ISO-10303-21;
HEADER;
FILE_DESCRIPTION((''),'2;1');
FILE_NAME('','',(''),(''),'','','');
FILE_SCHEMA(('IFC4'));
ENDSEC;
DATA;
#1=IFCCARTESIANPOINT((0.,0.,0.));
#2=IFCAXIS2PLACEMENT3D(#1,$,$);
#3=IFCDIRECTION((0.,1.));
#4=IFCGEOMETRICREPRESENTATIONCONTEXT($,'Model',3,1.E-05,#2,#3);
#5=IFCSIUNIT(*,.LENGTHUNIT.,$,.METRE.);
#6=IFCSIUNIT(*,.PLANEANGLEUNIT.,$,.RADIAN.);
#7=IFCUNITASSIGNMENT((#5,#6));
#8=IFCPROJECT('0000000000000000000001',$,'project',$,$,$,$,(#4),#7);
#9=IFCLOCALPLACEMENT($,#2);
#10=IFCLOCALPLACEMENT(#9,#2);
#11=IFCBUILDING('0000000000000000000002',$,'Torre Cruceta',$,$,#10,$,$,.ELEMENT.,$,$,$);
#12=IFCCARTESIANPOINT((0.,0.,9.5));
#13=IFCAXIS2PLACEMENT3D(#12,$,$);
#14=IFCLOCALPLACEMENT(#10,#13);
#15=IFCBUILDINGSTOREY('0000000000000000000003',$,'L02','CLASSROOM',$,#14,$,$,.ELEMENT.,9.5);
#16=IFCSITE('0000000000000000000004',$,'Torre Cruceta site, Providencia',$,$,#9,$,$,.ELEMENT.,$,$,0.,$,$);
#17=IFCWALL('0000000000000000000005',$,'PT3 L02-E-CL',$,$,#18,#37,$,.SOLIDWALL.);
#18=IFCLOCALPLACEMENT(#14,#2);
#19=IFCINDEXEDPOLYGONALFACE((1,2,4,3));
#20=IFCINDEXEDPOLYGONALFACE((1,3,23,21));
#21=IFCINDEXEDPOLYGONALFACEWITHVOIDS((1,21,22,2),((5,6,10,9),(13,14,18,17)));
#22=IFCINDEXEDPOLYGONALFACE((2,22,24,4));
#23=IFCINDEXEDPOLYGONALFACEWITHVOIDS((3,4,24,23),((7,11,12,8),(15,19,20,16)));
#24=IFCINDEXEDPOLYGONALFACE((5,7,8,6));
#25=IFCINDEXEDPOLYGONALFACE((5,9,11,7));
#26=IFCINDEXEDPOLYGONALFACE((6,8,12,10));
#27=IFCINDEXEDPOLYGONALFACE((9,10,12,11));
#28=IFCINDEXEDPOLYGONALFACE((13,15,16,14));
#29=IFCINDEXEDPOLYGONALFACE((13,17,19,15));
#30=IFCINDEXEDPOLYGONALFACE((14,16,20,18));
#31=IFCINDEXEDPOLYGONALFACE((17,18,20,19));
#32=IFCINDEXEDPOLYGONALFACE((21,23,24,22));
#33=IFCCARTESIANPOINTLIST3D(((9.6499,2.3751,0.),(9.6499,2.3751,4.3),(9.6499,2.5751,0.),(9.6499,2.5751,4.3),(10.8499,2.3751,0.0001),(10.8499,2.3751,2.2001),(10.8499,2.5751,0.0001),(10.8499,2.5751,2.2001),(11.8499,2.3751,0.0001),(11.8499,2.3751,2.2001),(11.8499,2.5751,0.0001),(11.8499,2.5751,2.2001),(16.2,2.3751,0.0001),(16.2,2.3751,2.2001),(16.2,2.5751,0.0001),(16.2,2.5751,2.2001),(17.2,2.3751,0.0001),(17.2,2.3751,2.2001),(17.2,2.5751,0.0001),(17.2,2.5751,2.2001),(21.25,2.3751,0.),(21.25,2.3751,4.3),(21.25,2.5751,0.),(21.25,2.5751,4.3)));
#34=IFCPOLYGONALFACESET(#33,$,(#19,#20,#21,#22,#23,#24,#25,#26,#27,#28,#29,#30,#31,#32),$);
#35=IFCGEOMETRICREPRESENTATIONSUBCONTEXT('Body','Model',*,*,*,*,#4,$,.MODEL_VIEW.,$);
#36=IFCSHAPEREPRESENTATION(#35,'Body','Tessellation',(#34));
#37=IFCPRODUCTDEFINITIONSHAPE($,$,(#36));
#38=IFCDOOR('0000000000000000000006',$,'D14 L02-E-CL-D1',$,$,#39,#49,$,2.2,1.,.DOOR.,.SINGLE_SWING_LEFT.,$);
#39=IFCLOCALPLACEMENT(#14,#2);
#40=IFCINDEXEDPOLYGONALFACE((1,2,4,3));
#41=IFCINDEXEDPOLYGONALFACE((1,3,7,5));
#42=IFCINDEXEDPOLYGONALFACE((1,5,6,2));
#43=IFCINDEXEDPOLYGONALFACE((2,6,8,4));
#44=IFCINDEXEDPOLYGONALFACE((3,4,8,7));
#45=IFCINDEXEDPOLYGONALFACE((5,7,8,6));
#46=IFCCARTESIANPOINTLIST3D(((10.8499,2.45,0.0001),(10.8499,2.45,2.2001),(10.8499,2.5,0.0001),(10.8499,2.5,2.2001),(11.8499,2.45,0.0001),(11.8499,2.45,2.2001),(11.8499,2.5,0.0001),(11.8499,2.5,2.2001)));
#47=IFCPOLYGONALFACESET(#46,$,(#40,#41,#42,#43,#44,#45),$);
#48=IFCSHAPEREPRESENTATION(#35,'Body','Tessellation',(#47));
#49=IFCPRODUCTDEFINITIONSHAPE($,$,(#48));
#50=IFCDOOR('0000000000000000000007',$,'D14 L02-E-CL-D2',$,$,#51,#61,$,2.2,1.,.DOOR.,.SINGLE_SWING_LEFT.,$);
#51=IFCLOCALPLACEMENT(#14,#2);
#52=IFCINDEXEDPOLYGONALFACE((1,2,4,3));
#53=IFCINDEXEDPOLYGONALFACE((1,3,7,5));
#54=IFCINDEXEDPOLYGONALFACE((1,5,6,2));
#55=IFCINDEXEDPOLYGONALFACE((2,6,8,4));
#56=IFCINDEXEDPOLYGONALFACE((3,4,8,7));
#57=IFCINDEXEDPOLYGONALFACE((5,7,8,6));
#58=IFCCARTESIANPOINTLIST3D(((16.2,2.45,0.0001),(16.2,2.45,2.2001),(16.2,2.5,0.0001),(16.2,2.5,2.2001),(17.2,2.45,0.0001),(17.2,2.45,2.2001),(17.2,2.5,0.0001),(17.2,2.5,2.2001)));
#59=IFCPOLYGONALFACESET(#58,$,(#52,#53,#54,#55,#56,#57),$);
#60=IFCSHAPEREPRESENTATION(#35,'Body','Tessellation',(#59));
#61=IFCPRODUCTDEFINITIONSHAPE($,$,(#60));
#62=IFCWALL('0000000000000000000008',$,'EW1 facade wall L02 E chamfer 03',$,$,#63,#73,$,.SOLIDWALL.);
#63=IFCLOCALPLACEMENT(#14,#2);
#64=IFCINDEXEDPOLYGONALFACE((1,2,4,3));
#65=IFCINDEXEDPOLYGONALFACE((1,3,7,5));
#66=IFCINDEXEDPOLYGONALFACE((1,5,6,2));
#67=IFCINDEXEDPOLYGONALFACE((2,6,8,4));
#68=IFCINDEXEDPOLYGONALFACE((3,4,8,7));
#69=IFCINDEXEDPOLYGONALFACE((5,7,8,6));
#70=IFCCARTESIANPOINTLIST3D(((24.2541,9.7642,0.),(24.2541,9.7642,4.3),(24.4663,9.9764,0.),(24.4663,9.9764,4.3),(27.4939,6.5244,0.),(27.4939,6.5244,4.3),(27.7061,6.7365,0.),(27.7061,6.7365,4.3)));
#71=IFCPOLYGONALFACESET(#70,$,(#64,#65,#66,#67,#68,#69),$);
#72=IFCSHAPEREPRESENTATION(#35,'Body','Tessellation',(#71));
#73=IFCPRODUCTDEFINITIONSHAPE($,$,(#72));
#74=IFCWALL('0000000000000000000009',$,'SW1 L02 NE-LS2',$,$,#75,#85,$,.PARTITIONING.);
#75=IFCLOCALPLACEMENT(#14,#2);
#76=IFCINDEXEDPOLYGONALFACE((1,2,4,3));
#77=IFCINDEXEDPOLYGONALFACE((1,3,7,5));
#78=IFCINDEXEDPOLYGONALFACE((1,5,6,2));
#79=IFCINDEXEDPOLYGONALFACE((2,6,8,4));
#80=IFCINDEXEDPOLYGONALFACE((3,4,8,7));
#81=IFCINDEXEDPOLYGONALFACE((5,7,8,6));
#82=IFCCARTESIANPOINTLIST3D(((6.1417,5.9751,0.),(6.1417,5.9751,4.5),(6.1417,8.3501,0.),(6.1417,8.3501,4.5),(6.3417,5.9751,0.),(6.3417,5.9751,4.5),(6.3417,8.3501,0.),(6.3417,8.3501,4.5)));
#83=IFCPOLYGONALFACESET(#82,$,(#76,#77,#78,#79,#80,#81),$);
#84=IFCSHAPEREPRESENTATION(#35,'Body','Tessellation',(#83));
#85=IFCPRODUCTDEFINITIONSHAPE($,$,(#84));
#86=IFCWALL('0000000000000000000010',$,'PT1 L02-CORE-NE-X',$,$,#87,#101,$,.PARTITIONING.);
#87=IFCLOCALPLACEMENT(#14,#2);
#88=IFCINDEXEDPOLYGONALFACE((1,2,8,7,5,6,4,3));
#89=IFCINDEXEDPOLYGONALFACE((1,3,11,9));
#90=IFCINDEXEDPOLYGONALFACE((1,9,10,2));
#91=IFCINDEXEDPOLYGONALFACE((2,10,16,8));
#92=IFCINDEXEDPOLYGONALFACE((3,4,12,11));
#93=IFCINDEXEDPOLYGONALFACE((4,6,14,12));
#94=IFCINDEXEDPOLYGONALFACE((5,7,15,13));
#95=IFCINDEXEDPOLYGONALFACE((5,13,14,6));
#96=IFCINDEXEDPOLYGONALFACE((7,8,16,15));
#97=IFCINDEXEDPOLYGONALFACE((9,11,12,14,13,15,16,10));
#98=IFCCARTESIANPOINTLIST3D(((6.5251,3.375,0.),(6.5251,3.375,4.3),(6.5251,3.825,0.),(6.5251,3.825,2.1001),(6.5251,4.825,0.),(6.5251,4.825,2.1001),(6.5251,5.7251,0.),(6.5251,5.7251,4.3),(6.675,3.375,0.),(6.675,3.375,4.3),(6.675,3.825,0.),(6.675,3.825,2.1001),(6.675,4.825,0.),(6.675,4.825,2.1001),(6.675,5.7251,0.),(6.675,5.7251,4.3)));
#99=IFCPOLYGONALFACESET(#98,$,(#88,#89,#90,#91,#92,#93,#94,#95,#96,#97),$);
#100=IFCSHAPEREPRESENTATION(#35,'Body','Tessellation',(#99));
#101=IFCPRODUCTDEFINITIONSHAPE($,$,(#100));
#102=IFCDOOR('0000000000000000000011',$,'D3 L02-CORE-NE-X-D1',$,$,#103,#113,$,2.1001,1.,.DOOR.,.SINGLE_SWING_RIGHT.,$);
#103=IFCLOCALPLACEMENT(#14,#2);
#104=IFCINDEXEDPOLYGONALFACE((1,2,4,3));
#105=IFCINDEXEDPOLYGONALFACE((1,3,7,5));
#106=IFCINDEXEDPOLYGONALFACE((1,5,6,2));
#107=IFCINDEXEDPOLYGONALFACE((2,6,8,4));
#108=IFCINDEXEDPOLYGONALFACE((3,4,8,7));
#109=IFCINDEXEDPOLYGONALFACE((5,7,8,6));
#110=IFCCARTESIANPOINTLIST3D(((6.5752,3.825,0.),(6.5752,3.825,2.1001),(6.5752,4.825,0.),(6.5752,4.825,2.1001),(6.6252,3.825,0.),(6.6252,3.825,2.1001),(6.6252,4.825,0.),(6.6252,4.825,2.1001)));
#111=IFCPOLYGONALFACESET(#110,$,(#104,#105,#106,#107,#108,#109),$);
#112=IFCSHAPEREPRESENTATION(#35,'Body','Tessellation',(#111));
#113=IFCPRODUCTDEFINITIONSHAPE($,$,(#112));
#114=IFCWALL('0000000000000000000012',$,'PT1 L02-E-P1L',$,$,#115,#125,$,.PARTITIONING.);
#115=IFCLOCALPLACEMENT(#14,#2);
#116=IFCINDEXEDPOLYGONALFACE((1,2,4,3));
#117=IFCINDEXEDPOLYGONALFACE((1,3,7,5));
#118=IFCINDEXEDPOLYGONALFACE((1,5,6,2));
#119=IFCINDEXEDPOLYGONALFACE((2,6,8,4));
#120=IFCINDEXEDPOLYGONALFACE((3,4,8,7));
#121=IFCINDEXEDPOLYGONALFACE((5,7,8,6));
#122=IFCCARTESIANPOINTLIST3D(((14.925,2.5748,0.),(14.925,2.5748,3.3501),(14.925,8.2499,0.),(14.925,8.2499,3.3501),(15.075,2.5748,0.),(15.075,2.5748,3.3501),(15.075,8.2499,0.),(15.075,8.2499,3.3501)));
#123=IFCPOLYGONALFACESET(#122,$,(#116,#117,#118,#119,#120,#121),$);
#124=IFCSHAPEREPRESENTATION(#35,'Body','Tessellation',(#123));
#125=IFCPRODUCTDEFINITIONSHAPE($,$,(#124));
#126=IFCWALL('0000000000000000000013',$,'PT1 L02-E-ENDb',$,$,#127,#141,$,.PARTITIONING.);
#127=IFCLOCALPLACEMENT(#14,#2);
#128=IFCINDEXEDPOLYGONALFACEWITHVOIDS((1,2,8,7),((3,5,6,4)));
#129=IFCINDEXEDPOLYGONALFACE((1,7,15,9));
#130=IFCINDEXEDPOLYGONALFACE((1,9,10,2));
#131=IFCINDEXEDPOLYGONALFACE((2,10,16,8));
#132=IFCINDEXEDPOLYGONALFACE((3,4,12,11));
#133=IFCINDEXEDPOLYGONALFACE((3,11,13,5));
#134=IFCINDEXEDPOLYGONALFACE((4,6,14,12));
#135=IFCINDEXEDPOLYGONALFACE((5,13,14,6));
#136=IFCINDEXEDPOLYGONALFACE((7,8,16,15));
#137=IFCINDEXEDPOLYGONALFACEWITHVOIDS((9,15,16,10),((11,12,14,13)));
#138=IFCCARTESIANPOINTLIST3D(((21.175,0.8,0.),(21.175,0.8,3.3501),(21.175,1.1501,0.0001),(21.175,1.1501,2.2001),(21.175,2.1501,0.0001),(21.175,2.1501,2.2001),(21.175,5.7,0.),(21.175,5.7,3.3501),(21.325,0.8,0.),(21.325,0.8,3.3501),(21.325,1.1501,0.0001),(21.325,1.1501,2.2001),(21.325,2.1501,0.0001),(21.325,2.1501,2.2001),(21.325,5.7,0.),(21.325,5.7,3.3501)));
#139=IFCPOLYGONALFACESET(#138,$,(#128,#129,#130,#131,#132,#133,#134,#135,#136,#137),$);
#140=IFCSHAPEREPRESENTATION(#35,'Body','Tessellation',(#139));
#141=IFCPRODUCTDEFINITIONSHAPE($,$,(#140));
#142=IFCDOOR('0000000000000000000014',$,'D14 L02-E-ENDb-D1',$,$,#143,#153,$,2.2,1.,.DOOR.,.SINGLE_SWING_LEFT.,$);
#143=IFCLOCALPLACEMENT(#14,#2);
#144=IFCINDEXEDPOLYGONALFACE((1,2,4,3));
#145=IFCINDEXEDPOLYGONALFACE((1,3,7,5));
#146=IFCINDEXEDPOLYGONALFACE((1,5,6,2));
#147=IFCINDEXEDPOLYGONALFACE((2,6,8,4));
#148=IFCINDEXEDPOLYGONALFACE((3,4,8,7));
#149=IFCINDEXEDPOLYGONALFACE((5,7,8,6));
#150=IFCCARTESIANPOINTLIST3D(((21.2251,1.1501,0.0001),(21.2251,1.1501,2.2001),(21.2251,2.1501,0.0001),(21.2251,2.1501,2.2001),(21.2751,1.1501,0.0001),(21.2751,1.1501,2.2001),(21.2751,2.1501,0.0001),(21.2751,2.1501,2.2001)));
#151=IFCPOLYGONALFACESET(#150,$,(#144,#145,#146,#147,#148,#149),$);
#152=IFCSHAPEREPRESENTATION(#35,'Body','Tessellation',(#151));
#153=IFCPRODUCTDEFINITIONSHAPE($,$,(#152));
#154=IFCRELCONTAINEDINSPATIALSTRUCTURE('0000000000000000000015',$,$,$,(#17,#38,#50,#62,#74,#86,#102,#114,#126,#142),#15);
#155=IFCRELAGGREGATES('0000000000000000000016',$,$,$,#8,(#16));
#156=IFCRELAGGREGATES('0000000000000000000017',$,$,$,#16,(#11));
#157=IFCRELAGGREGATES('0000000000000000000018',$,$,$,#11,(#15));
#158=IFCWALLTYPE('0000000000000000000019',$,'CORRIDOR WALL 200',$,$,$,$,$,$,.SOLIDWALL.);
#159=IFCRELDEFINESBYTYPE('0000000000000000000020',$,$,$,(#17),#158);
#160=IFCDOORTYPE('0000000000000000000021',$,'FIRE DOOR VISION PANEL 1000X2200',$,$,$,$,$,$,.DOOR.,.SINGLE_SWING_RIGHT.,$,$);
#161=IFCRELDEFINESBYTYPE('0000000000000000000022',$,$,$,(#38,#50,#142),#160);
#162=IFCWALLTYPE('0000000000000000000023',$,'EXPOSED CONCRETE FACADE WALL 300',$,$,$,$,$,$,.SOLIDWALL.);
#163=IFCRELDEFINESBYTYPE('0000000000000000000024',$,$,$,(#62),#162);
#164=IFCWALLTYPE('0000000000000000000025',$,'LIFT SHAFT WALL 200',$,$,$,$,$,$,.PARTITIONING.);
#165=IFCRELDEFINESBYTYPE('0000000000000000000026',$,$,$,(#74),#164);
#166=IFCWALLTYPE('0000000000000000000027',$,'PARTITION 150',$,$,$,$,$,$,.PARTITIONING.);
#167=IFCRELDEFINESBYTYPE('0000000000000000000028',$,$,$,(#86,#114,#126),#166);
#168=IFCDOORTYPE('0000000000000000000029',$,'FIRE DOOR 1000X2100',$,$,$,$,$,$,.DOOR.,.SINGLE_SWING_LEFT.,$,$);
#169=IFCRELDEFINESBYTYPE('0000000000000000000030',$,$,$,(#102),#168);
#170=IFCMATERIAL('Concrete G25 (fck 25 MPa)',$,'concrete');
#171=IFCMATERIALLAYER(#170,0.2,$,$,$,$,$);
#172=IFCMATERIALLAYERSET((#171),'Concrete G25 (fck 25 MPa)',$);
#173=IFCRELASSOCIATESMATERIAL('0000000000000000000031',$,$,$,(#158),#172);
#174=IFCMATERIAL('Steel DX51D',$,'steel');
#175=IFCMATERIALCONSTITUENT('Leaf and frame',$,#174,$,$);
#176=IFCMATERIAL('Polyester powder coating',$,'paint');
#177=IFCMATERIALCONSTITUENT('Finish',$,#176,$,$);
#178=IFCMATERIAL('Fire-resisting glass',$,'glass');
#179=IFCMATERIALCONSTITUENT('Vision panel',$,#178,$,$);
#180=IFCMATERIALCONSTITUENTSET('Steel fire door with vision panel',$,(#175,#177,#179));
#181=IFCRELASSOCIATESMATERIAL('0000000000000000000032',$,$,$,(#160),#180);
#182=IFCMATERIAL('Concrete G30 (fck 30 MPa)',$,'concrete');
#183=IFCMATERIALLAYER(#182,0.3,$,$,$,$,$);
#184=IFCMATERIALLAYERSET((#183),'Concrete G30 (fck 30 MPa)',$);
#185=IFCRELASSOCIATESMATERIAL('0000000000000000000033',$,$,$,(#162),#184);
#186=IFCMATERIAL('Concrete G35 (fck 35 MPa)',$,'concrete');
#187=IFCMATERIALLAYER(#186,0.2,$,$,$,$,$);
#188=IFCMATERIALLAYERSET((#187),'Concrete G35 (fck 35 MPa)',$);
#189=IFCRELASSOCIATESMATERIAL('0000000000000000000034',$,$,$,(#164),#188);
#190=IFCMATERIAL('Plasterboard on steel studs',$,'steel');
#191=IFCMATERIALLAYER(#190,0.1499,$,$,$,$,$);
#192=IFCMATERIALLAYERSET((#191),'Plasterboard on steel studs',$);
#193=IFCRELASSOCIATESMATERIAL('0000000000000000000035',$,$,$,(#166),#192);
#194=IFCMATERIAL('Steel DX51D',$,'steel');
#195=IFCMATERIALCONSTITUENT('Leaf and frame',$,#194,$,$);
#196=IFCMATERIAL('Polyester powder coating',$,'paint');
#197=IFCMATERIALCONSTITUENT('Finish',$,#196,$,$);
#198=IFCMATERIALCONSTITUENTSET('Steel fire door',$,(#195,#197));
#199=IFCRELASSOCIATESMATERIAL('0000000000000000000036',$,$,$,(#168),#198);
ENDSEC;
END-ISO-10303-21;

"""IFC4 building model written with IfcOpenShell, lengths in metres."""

from ifc_helpers import new_model, si_unit, direction, frame, frame_2d, origin, place, context, subcontext, project, spatial, rectangle, extrude, material, layer, layer_set, constituent, constituent_set, type_object, element, fill, save


model = new_model("IFC4")

# Units and contexts
model_context = context("Model", 3, precision=1e-05, world=origin(), true_north=direction((0.0, 1.0)))
body_context = subcontext(model_context, "Body", "Model", "MODEL_VIEW")
ifc_project = project(units=[si_unit("LENGTHUNIT", "METRE"), si_unit("PLANEANGLEUNIT", "RADIAN")], contexts=[model_context])

# Site, building, storey
site_placement = place(None, origin())
site = spatial("IfcSite", under=ifc_project, at=site_placement, Name="Torre Cruceta site, Providencia", CompositionType="ELEMENT", RefElevation=0.0)
building_placement = place(site_placement, origin())
building = spatial("IfcBuilding", under=site, at=building_placement, Name="Torre Cruceta", CompositionType="ELEMENT")
storey_placement = place(building_placement, frame((0.0, 0.0, 9.5)))
storey = spatial("IfcBuildingStorey", under=building, at=storey_placement, Name="L02", Description="CLASSROOM", CompositionType="ELEMENT", Elevation=9.5)

# Wall, openings, doors
ifc_material_1 = material(Name="Concrete G25 (fck 25 MPa)", Category="concrete")
ifc_layer_1 = layer(ifc_material_1, 0.2)
ifc_layer_set_1 = layer_set([ifc_layer_1], Name="Concrete G25 (fck 25 MPa)")
wall_type_1 = type_object("IfcWallType", Name="CORRIDOR WALL 200", PredefinedType="SOLIDWALL", material=ifc_layer_set_1)
wall_1_placement = place(storey_placement, frame((9.6499, 2.4751, 0.0), z_axis=(0.0, 0.0, 1.0), x_axis=(1.0, 0.0, 0.0)))
wall_1 = element("IfcWall", 1, at=wall_1_placement, inside=storey, type_object=wall_type_1, Name="PT3 L02-E-CL", PredefinedType="SOLIDWALL", context=body_context, shape_type="SweptSolid", body=[
    extrude(rectangle(XDim=11.6001, YDim=0.2, at=frame_2d((5.8, 0.0))), origin(), (0.0, 0.0, 1.0), 4.3),
])
opening_1_placement = place(wall_1_placement, frame((1.2, 0.0, 0.0)))
opening_1 = element("IfcOpeningElement", 2, at=opening_1_placement, cuts=wall_1, PredefinedType="OPENING", context=body_context, shape_type="SweptSolid", body=[
    extrude(rectangle(XDim=1.0, YDim=2.2, at=frame_2d((0.5, 1.1001))), frame((0.0, 0.1099, 0.0), z_axis=(0.0, -1.0, 0.0), x_axis=(1.0, 0.0, 0.0)), (0.0, 0.0, 1.0), 0.22),
])
opening_2_placement = place(wall_1_placement, frame((6.55, 0.0, 0.0)))
opening_2 = element("IfcOpeningElement", 3, at=opening_2_placement, cuts=wall_1, PredefinedType="OPENING", context=body_context, shape_type="SweptSolid", body=[
    extrude(rectangle(XDim=1.0, YDim=2.2, at=frame_2d((0.5, 1.1001))), frame((0.0, 0.1099, 0.0), z_axis=(0.0, -1.0, 0.0), x_axis=(1.0, 0.0, 0.0)), (0.0, 0.0, 1.0), 0.22),
])
ifc_material_2 = material(Name="Steel DX51D", Category="steel")
ifc_constituent_1 = constituent(ifc_material_2, Name="Leaf and frame")
ifc_material_3 = material(Name="Polyester powder coating", Category="paint")
ifc_constituent_2 = constituent(ifc_material_3, Name="Finish")
ifc_material_4 = material(Name="Fire-resisting glass", Category="glass")
ifc_constituent_3 = constituent(ifc_material_4, Name="Vision panel")
ifc_constituent_set_1 = constituent_set(constituents=[ifc_constituent_1, ifc_constituent_2, ifc_constituent_3], Name="Steel fire door with vision panel")
door_type_1 = type_object("IfcDoorType", Name="FIRE DOOR VISION PANEL 1000X2200", OperationType="SINGLE_SWING_RIGHT", PredefinedType="DOOR", material=ifc_constituent_set_1)
door_1_placement = place(opening_1_placement, origin())
door_1 = element("IfcDoor", 4, at=door_1_placement, inside=storey, type_object=door_type_1, Name="D14 L02-E-CL-D1", OperationType="SINGLE_SWING_LEFT", OverallHeight=2.2, OverallWidth=1.0, PredefinedType="DOOR", context=body_context, shape_type="SweptSolid", body=[
    extrude(rectangle(XDim=1.0, YDim=2.2, at=frame_2d((0.5, 1.1001))), frame((0.0, 0.0249, 0.0), z_axis=(0.0, -1.0, 0.0), x_axis=(1.0, 0.0, 0.0)), (0.0, 0.0, 1.0), 0.05),
])
fill(opening_1, door_1)
door_2_placement = place(opening_2_placement, origin())
door_2 = element("IfcDoor", 5, at=door_2_placement, inside=storey, type_object=door_type_1, Name="D14 L02-E-CL-D2", OperationType="SINGLE_SWING_LEFT", OverallHeight=2.2, OverallWidth=1.0, PredefinedType="DOOR", context=body_context, shape_type="SweptSolid", body=[
    extrude(rectangle(XDim=1.0, YDim=2.2, at=frame_2d((0.5, 1.1001))), frame((0.0, 0.0249, 0.0), z_axis=(0.0, -1.0, 0.0), x_axis=(1.0, 0.0, 0.0)), (0.0, 0.0, 1.0), 0.05),
])
fill(opening_2, door_2)

# Walls
ifc_material_5 = material(Name="Concrete G30 (fck 30 MPa)", Category="concrete")
ifc_layer_2 = layer(ifc_material_5, 0.3)
ifc_layer_set_2 = layer_set([ifc_layer_2], Name="Concrete G30 (fck 30 MPa)")
wall_type_2 = type_object("IfcWallType", Name="EXPOSED CONCRETE FACADE WALL 300", PredefinedType="SOLIDWALL", material=ifc_layer_set_2)
wall_2_placement = place(storey_placement, frame((27.6001, 6.6304, 0.0), z_axis=(0.0, 0.0, 1.0), x_axis=(-0.707107, 0.707107, 0.0)))
element("IfcWall", 6, at=wall_2_placement, inside=storey, type_object=wall_type_2, Name="EW1 facade wall L02 E chamfer 03", PredefinedType="SOLIDWALL", context=body_context, shape_type="SweptSolid", body=[
    extrude(rectangle(XDim=4.5818, YDim=0.3, at=frame_2d((2.291, 0.0))), origin(), (0.0, 0.0, 1.0), 4.3),
])
ifc_material_6 = material(Name="Concrete G35 (fck 35 MPa)", Category="concrete")
ifc_layer_3 = layer(ifc_material_6, 0.2)
ifc_layer_set_3 = layer_set([ifc_layer_3], Name="Concrete G35 (fck 35 MPa)")
wall_type_3 = type_object("IfcWallType", Name="LIFT SHAFT WALL 200", PredefinedType="PARTITIONING", material=ifc_layer_set_3)
wall_3_placement = place(storey_placement, frame((6.2417, 5.9751, 0.0), z_axis=(0.0, 0.0, 1.0), x_axis=(0.0, 1.0, 0.0)))
element("IfcWall", 7, at=wall_3_placement, inside=storey, type_object=wall_type_3, Name="SW1 L02 NE-LS2", PredefinedType="PARTITIONING", context=body_context, shape_type="SweptSolid", body=[
    extrude(rectangle(XDim=2.375, YDim=0.2, at=frame_2d((1.1875, 0.0))), origin(), (0.0, 0.0, 1.0), 4.5),
])

# Wall, opening, door
ifc_material_7 = material(Name="Plasterboard on steel studs", Category="steel")
ifc_layer_4 = layer(ifc_material_7, 0.1499)
ifc_layer_set_4 = layer_set([ifc_layer_4], Name="Plasterboard on steel studs")
wall_type_4 = type_object("IfcWallType", Name="PARTITION 150", PredefinedType="PARTITIONING", material=ifc_layer_set_4)
wall_4_placement = place(storey_placement, frame((6.6001, 3.375, 0.0), z_axis=(0.0, 0.0, 1.0), x_axis=(0.0, 1.0, 0.0)))
wall_4 = element("IfcWall", 8, at=wall_4_placement, inside=storey, type_object=wall_type_4, Name="PT1 L02-CORE-NE-X", PredefinedType="PARTITIONING", context=body_context, shape_type="SweptSolid", body=[
    extrude(rectangle(XDim=2.3501, YDim=0.1499, at=frame_2d((1.175, 0.0))), origin(), (0.0, 0.0, 1.0), 4.3),
])
opening_3_placement = place(wall_4_placement, frame((0.45, 0.0, 0.0)))
opening_3 = element("IfcOpeningElement", 9, at=opening_3_placement, cuts=wall_4, PredefinedType="OPENING", context=body_context, shape_type="SweptSolid", body=[
    extrude(rectangle(XDim=1.0, YDim=2.1001, at=frame_2d((0.5, 1.05))), frame((0.0, 0.085, 0.0), z_axis=(0.0, -1.0, 0.0), x_axis=(1.0, 0.0, 0.0)), (0.0, 0.0, 1.0), 0.1699),
])
ifc_material_8 = material(Name="Steel DX51D", Category="steel")
ifc_constituent_4 = constituent(ifc_material_8, Name="Leaf and frame")
ifc_material_9 = material(Name="Polyester powder coating", Category="paint")
ifc_constituent_5 = constituent(ifc_material_9, Name="Finish")
ifc_constituent_set_2 = constituent_set(constituents=[ifc_constituent_4, ifc_constituent_5], Name="Steel fire door")
door_type_2 = type_object("IfcDoorType", Name="FIRE DOOR 1000X2100", OperationType="SINGLE_SWING_LEFT", PredefinedType="DOOR", material=ifc_constituent_set_2)
door_3_placement = place(opening_3_placement, frame((1.0, 0.0, 0.0), z_axis=(0.0, 0.0, 1.0), x_axis=(-1.0, 0.0, 0.0)))
door_3 = element("IfcDoor", 10, at=door_3_placement, inside=storey, type_object=door_type_2, Name="D3 L02-CORE-NE-X-D1", OperationType="SINGLE_SWING_RIGHT", OverallHeight=2.1001, OverallWidth=1.0, PredefinedType="DOOR", context=body_context, shape_type="SweptSolid", body=[
    extrude(rectangle(XDim=1.0, YDim=2.1001, at=frame_2d((0.5, 1.05))), frame((0.0, 0.0251, 0.0), z_axis=(0.0, -1.0, 0.0), x_axis=(1.0, 0.0, 0.0)), (0.0, 0.0, 1.0), 0.05),
])
fill(opening_3, door_3)

# Wall
wall_5_placement = place(storey_placement, frame((15.0, 2.575, 0.0), z_axis=(0.0, 0.0, 1.0), x_axis=(0.0, 1.0, 0.0)))
element("IfcWall", 11, at=wall_5_placement, inside=storey, type_object=wall_type_4, Name="PT1 L02-E-P1L", PredefinedType="PARTITIONING", context=body_context, shape_type="SweptSolid", body=[
    extrude(rectangle(XDim=5.675, YDim=0.1499, at=frame_2d((2.8374, 0.0))), origin(), (0.0, 0.0, 1.0), 3.3501),
])

# Wall, opening, door
wall_6_placement = place(storey_placement, frame((21.25, 0.8, 0.0), z_axis=(0.0, 0.0, 1.0), x_axis=(0.0, 1.0, 0.0)))
wall_6 = element("IfcWall", 12, at=wall_6_placement, inside=storey, type_object=wall_type_4, Name="PT1 L02-E-ENDb", PredefinedType="PARTITIONING", context=body_context, shape_type="SweptSolid", body=[
    extrude(rectangle(XDim=4.8999, YDim=0.1499, at=frame_2d((2.45, 0.0))), origin(), (0.0, 0.0, 1.0), 3.3501),
])
opening_4_placement = place(wall_6_placement, frame((0.3501, 0.0, 0.0)))
opening_4 = element("IfcOpeningElement", 13, at=opening_4_placement, cuts=wall_6, PredefinedType="OPENING", context=body_context, shape_type="SweptSolid", body=[
    extrude(rectangle(XDim=1.0, YDim=2.2, at=frame_2d((0.5, 1.1001))), frame((0.0, 0.085, 0.0), z_axis=(0.0, -1.0, 0.0), x_axis=(1.0, 0.0, 0.0)), (0.0, 0.0, 1.0), 0.1699),
])
door_4_placement = place(opening_4_placement, frame((1.0, 0.0, 0.0), z_axis=(0.0, 0.0, 1.0), x_axis=(-1.0, 0.0, 0.0)))
door_4 = element("IfcDoor", 14, at=door_4_placement, inside=storey, type_object=door_type_1, Name="D14 L02-E-ENDb-D1", OperationType="SINGLE_SWING_LEFT", OverallHeight=2.2, OverallWidth=1.0, PredefinedType="DOOR", context=body_context, shape_type="SweptSolid", body=[
    extrude(rectangle(XDim=1.0, YDim=2.2, at=frame_2d((0.5, 1.1001))), frame((0.0, 0.0251, 0.0), z_axis=(0.0, -1.0, 0.0), x_axis=(1.0, 0.0, 0.0)), (0.0, 0.0, 1.0), 0.05),
])
fill(opening_4, door_4)

save(model, "model.ifc")
